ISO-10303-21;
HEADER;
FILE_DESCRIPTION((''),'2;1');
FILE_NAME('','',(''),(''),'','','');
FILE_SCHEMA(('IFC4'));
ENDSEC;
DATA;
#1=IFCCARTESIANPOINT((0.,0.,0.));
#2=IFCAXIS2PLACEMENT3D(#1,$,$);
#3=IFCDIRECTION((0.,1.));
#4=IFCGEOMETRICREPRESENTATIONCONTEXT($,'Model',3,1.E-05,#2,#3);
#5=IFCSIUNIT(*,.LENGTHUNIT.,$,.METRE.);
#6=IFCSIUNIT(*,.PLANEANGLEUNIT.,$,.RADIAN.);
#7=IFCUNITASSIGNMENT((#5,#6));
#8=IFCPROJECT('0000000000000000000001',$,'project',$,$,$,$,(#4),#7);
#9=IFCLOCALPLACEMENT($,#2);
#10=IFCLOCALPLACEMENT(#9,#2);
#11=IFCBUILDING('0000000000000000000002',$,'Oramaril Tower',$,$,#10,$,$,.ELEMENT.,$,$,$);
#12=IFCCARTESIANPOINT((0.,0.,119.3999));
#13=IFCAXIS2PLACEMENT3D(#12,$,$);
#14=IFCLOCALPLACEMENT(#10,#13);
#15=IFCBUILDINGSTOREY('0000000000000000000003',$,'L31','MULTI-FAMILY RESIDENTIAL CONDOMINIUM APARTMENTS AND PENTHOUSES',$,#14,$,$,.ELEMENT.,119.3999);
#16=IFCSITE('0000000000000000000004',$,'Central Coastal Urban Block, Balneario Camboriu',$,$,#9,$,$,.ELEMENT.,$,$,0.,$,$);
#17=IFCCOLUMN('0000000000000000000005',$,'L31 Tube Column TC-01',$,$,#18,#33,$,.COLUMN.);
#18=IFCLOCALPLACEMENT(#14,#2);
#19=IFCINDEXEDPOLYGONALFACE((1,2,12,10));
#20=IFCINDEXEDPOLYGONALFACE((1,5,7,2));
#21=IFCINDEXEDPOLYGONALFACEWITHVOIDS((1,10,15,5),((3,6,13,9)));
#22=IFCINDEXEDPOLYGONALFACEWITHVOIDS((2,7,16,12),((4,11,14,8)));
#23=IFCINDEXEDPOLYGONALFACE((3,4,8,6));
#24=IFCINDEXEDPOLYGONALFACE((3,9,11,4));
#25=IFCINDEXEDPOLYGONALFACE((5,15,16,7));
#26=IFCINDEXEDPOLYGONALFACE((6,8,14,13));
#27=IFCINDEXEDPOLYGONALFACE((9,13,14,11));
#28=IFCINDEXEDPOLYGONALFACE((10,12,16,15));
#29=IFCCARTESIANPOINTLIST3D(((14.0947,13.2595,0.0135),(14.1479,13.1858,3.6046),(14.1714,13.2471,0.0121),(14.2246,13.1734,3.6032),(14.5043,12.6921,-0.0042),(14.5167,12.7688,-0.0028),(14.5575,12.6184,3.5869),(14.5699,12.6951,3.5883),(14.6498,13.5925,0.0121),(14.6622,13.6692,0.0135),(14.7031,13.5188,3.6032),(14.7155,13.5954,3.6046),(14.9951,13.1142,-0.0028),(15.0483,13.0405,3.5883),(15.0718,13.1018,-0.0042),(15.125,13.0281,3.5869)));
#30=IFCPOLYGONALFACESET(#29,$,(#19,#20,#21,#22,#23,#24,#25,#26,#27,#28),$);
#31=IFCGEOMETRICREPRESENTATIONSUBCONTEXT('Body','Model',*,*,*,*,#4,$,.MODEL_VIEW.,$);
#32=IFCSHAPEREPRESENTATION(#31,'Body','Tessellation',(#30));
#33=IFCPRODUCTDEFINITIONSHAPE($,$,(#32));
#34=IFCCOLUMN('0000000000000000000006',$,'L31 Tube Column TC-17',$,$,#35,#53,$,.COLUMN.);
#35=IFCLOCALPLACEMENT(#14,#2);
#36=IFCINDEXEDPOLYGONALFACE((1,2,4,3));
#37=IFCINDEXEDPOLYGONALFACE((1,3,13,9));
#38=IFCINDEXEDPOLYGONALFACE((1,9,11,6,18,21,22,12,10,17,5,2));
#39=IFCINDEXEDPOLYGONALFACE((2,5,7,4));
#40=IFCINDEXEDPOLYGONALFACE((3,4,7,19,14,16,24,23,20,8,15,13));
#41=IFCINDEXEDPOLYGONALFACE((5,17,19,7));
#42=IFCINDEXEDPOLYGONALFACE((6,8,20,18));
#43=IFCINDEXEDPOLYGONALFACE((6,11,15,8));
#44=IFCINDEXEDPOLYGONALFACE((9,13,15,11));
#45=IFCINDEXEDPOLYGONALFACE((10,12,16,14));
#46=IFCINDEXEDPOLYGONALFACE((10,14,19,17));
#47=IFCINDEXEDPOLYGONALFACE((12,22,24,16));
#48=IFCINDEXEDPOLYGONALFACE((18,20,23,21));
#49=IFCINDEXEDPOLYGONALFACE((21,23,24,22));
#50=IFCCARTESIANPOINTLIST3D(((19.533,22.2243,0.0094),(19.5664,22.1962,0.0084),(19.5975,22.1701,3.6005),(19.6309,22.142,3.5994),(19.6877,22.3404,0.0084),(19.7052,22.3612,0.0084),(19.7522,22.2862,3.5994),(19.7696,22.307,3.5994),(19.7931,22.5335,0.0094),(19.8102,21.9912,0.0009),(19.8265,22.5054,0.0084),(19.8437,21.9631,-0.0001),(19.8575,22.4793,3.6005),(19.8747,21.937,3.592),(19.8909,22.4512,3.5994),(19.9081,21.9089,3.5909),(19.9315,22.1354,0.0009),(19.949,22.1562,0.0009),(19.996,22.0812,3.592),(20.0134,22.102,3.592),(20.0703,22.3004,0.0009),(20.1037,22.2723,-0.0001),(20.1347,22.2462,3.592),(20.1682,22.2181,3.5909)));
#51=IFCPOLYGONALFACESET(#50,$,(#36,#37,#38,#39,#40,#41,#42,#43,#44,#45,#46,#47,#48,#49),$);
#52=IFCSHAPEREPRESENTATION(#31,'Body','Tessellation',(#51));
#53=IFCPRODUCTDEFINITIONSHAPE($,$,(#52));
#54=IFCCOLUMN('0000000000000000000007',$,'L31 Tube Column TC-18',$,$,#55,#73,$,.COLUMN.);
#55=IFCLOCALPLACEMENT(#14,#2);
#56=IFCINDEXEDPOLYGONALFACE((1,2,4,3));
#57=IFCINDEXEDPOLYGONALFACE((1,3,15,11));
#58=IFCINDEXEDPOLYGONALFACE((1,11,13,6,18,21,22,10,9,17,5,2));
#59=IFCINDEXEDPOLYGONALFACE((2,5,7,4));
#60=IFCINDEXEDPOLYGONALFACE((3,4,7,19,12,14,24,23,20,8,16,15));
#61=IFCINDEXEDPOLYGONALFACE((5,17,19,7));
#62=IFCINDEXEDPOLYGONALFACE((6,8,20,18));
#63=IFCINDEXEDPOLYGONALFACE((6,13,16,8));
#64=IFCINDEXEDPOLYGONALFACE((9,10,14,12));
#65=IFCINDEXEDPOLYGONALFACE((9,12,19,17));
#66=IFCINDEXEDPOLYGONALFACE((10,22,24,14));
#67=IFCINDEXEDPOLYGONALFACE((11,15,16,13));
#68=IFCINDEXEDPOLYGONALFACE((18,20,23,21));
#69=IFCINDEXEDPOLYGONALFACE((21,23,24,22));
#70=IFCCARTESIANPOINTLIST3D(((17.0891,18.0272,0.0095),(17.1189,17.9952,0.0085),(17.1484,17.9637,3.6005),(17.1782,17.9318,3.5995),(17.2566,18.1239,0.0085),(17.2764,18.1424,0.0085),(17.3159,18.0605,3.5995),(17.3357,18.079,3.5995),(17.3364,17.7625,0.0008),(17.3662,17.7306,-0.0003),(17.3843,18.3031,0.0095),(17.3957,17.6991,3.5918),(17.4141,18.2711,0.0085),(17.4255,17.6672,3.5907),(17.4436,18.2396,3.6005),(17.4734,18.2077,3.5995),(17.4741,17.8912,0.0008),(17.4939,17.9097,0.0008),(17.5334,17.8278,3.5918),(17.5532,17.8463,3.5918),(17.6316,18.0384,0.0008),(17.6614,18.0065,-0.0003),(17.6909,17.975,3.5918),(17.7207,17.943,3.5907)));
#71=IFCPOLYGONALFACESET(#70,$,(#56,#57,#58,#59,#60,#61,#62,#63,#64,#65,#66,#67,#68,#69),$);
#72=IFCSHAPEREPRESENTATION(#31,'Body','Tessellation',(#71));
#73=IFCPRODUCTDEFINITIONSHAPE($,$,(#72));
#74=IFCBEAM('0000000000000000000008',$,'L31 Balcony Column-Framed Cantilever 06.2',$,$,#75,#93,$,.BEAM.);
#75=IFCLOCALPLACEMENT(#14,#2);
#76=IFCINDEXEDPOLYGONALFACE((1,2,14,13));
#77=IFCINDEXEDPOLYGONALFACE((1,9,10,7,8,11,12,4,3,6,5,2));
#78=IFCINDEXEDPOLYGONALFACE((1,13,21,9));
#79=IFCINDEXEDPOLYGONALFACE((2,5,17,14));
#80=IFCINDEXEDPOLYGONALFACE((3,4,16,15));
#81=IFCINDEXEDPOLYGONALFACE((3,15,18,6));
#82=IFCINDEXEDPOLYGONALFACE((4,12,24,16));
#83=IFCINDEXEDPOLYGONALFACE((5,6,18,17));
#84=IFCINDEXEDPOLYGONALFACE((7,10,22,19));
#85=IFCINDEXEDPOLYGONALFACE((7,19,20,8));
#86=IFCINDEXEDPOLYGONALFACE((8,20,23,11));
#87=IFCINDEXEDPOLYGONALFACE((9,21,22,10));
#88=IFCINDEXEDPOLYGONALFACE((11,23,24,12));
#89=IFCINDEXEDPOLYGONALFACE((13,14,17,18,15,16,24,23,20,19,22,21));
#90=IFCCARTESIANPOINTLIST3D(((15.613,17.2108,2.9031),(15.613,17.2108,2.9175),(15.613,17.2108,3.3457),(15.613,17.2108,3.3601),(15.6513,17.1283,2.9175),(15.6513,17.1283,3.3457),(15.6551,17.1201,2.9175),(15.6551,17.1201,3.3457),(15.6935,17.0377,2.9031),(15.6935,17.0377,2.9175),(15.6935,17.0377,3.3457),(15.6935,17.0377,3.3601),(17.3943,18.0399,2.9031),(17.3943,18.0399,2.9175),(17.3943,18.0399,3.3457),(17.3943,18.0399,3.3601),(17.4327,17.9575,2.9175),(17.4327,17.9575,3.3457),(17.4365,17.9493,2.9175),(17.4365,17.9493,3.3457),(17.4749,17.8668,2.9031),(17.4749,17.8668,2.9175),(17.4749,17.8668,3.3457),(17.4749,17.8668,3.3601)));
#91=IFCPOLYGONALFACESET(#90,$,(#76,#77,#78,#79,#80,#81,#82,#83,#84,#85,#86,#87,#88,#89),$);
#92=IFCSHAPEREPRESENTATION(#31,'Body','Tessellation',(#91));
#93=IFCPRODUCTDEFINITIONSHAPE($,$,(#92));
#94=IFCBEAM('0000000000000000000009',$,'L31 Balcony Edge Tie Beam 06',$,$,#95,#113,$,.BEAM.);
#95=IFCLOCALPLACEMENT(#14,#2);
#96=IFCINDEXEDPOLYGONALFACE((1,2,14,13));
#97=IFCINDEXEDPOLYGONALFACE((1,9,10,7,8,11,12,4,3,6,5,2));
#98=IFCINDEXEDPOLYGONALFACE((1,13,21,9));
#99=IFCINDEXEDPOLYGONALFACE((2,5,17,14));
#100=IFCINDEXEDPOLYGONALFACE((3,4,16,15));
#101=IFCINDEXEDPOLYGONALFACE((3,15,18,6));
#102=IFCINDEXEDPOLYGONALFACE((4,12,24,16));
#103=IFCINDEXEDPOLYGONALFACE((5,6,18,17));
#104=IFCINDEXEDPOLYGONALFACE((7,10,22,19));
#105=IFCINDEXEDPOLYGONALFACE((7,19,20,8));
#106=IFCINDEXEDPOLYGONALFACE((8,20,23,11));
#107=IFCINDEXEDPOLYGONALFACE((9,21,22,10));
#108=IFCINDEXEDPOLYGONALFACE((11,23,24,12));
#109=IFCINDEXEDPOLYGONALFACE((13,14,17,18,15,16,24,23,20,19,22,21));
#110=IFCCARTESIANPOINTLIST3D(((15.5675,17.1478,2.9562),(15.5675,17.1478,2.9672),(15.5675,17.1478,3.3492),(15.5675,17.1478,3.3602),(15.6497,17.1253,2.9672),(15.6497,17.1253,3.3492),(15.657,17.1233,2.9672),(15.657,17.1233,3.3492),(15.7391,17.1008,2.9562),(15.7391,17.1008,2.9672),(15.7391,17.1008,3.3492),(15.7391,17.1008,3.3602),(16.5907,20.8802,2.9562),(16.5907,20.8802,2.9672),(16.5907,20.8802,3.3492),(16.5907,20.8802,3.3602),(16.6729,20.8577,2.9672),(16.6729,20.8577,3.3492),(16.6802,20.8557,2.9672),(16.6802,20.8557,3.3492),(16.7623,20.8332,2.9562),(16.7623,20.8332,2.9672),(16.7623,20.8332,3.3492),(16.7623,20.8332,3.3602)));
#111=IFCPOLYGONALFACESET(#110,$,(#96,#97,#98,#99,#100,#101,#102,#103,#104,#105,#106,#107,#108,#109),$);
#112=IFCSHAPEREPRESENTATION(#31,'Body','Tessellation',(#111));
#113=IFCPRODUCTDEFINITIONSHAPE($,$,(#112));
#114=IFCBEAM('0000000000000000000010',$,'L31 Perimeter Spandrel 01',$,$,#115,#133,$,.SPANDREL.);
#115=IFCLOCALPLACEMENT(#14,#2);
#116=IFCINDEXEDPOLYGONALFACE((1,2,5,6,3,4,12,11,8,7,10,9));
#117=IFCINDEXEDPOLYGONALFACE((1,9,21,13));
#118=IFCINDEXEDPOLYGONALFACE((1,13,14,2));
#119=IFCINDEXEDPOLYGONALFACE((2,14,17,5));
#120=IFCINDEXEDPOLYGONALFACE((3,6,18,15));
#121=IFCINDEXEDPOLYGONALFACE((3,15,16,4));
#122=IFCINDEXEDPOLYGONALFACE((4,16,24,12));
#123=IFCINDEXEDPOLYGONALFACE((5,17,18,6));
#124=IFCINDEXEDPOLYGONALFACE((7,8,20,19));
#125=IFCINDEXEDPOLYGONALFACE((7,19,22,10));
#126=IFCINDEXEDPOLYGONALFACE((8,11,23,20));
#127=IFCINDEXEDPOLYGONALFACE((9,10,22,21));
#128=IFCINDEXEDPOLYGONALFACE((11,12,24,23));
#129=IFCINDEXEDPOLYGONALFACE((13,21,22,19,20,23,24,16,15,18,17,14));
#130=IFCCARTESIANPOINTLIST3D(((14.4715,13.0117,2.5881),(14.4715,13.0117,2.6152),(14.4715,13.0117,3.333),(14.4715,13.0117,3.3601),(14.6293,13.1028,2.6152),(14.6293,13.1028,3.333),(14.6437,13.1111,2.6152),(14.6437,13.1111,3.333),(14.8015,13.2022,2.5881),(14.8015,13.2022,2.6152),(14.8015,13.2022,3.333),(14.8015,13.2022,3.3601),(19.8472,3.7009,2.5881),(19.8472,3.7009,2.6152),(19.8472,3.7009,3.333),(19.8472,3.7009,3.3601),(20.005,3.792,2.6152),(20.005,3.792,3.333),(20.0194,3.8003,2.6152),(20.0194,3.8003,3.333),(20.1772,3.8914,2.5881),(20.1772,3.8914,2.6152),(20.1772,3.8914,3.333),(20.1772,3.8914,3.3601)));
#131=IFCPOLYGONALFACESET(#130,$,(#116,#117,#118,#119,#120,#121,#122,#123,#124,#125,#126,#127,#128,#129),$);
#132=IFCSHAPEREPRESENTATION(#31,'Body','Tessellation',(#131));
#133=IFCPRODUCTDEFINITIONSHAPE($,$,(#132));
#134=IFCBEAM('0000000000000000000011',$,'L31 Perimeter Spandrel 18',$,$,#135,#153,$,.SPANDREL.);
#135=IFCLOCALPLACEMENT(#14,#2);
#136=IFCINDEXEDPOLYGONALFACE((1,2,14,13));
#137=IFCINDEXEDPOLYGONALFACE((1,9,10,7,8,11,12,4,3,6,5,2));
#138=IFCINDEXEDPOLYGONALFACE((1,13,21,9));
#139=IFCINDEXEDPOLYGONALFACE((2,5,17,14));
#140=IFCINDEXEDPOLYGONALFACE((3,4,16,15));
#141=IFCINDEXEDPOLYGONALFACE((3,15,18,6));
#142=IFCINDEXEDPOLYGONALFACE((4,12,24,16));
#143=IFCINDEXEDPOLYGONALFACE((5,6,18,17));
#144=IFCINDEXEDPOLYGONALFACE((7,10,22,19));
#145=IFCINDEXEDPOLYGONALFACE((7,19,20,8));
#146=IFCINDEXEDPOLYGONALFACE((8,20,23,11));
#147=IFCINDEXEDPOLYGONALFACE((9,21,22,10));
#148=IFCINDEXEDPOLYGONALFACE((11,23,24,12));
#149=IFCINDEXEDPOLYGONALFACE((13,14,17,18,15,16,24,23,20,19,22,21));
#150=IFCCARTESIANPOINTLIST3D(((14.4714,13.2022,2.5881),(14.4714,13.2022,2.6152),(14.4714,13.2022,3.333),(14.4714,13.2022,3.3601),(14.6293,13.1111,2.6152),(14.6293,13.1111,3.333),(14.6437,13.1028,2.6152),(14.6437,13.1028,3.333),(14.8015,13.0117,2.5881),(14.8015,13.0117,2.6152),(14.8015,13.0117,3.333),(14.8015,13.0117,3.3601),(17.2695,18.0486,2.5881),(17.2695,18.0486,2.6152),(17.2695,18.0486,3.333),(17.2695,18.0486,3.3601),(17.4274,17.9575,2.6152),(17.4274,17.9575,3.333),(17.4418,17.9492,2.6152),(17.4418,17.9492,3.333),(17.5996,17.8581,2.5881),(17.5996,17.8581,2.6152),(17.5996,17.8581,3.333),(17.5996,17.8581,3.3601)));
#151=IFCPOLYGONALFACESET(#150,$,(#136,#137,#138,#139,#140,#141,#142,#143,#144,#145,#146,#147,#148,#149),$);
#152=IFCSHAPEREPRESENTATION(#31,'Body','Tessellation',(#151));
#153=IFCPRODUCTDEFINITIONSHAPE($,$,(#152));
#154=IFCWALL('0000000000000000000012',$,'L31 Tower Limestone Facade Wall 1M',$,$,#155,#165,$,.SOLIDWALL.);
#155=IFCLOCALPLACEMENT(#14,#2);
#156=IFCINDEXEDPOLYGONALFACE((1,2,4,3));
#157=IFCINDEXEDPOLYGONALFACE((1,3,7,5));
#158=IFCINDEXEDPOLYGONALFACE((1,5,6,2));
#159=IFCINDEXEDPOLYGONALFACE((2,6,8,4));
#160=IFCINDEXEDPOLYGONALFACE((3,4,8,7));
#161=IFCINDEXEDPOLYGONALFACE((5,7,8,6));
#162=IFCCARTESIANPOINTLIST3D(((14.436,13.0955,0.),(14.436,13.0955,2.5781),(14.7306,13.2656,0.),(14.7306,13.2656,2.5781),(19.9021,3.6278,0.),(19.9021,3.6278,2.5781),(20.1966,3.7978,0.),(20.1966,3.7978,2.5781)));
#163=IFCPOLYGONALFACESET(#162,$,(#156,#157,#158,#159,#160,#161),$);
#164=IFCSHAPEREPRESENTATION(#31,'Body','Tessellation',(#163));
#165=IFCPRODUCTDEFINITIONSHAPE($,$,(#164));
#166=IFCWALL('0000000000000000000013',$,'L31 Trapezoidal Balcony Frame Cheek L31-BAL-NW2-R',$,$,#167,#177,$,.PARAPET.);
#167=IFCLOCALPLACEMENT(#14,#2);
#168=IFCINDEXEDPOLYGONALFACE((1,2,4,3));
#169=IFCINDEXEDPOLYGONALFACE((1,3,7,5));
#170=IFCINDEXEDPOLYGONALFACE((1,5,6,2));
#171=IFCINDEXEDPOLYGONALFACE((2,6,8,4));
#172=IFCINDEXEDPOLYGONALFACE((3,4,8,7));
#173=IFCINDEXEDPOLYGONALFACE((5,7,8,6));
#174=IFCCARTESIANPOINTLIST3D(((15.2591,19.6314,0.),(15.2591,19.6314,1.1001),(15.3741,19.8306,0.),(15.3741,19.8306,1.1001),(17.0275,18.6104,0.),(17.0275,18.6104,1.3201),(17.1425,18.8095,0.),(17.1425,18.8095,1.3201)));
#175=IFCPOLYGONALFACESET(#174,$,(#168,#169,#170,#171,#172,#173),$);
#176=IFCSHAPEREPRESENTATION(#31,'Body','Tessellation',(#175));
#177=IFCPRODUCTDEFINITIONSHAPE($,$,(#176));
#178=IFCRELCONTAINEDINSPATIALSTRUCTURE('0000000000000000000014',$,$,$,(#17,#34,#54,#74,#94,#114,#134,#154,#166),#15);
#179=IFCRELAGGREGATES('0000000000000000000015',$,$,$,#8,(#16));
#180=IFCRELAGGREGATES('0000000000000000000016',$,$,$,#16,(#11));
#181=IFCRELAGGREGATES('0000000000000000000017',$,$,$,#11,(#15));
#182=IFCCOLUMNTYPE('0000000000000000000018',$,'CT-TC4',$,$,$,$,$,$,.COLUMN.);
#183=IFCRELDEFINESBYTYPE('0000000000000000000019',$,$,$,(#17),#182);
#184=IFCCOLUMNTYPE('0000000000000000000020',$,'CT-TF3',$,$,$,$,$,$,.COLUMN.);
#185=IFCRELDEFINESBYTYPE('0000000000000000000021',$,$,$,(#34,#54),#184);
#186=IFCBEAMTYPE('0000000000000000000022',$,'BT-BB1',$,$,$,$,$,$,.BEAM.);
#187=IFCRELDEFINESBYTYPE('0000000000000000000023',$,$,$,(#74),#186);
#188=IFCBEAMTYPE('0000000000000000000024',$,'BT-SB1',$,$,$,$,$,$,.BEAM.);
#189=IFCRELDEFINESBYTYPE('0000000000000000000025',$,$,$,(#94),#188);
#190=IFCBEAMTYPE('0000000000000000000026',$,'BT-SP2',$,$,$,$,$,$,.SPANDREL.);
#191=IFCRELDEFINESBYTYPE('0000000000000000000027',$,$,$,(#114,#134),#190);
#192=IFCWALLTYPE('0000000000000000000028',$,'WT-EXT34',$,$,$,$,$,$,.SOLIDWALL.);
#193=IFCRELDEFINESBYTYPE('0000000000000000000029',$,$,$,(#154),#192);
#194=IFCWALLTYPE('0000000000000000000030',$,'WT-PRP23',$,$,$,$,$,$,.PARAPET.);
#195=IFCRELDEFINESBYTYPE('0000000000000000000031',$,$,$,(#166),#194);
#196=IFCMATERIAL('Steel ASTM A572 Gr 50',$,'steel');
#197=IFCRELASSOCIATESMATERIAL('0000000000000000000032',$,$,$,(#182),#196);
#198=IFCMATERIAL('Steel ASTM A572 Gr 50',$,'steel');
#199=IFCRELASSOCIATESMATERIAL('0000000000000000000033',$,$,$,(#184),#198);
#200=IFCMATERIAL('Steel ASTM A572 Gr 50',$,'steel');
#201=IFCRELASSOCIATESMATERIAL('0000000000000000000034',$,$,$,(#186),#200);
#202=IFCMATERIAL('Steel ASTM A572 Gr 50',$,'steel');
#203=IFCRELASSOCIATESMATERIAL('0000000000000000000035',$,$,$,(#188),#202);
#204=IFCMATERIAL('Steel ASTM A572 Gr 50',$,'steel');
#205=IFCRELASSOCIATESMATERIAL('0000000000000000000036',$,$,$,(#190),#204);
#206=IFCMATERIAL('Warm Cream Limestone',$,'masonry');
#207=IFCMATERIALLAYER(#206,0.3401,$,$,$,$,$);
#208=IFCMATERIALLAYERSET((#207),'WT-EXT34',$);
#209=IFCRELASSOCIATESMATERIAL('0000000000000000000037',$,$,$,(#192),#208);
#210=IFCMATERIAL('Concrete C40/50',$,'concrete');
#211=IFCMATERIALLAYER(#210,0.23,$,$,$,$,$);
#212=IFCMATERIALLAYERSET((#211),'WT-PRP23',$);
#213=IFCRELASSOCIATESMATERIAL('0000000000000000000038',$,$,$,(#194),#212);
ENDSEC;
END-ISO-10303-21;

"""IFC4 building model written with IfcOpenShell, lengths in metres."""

from ifc_helpers import new_model, si_unit, direction, frame, frame_2d, origin, origin_2d, place, context, subcontext, project, spatial, polyline, rectangle, hollow_rectangle, i_section, outline, extrude, material, layer, layer_set, material_profile, profile_set, type_object, element, save


model = new_model("IFC4")

# Units and contexts
model_context = context("Model", 3, precision=1e-05, world=origin(), true_north=direction((0.0, 1.0)))
body_context = subcontext(model_context, "Body", "Model", "MODEL_VIEW")
ifc_project = project(units=[si_unit("LENGTHUNIT", "METRE"), si_unit("PLANEANGLEUNIT", "RADIAN")], contexts=[model_context])

# Site, building, storey
site_placement = place(None, origin())
site = spatial("IfcSite", under=ifc_project, at=site_placement, Name="Central Coastal Urban Block, Balneario Camboriu", CompositionType="ELEMENT", RefElevation=0.0)
building_placement = place(site_placement, origin())
building = spatial("IfcBuilding", under=site, at=building_placement, Name="Oramaril Tower", CompositionType="ELEMENT")
storey_placement = place(building_placement, frame((0.0, 0.0, 119.3999)))
storey = spatial("IfcBuildingStorey", under=building, at=storey_placement, Name="L31", Description="MULTI-FAMILY RESIDENTIAL CONDOMINIUM APARTMENTS AND PENTHOUSES", CompositionType="ELEMENT", Elevation=119.3999)

# Columns
ifc_material_1 = material(Name="Steel ASTM A572 Gr 50", Category="steel")
ifc_material_profile_1 = material_profile(ifc_material_1, hollow_rectangle(XDim=0.7, YDim=0.7, WallThickness=0.0549, at=origin_2d()), Name="BOX700X700X55")
ifc_profile_set_1 = profile_set([ifc_material_profile_1], Name="Steel ASTM A572 Gr 50")
column_type_1 = type_object("IfcColumnType", Name="CT-TC4", PredefinedType="COLUMN", material=ifc_profile_set_1)
column_placement = place(storey_placement, frame((14.5833, 13.1807, 0.0046), z_axis=(0.014816, -0.020525, 0.99968), x_axis=(0.810821, 0.585294, 0.0)))
element("IfcColumn", 1, at=column_placement, inside=storey, type_object=column_type_1, Name="L31 Tube Column TC-01", PredefinedType="COLUMN", context=body_context, shape_type="SweptSolid", body=[
    extrude(hollow_rectangle(XDim=0.7, YDim=0.7, WallThickness=0.0549, at=origin_2d()), origin(), (0.0, 0.0, 1.0), 3.5923),
])
ifc_material_2 = material(Name="Steel ASTM A572 Gr 50", Category="steel")
ifc_material_profile_2 = material_profile(ifc_material_2, i_section(OverallWidth=0.4041, OverallDepth=0.406, WebThickness=0.0271, FlangeThickness=0.0437, at=origin_2d()), Name="W14X233")
ifc_profile_set_2 = profile_set([ifc_material_profile_2], Name="Steel ASTM A572 Gr 50")
column_type_2 = type_object("IfcColumnType", Name="CT-TF3", PredefinedType="COLUMN", material=ifc_profile_set_2)
for number, where, z_axis, x_axis, name in (
    (2, (19.8184, 22.2483, 0.0046), (0.017943, -0.015089, 0.999725), (0.6436, 0.765362, 0.0), "L31 Tube Column TC-17"),
    (3, (17.3752, 18.0168, 0.0046), (0.016516, -0.017671, 0.999707), (0.730588, 0.682819, 0.0), "L31 Tube Column TC-18"),
):
    element("IfcColumn", number, at=place(storey_placement, frame(where, z_axis=z_axis, x_axis=x_axis)), inside=storey, type_object=column_type_2, Name=name, PredefinedType="COLUMN", context=body_context, shape_type="SweptSolid", body=[
        extrude(i_section(OverallWidth=0.4041, OverallDepth=0.406, WebThickness=0.0271, FlangeThickness=0.0437, at=origin_2d()), origin(), (0.0, 0.0, 1.0), 3.592),
    ])

# Beams
ifc_material_3 = material(Name="Steel ASTM A572 Gr 50", Category="steel")
ifc_material_profile_3 = material_profile(ifc_material_3, i_section(OverallWidth=0.1909, OverallDepth=0.457, WebThickness=0.009, FlangeThickness=0.0144, at=origin_2d()), Name="W18X50")
ifc_profile_set_3 = profile_set([ifc_material_profile_3], Name="Steel ASTM A572 Gr 50")
beam_type_1 = type_object("IfcBeamType", Name="BT-BB1", PredefinedType="BEAM", material=ifc_profile_set_3)
beam_1_placement = place(storey_placement, frame((17.4346, 17.9534, 3.1316), z_axis=(-0.906602, -0.421987, 0.0), x_axis=(0.421987, -0.906602, 0.0)))
element("IfcBeam", 4, at=beam_1_placement, inside=storey, type_object=beam_type_1, Name="L31 Balcony Column-Framed Cantilever 06.2", PredefinedType="BEAM", context=body_context, shape_type="SweptSolid", body=[
    extrude(i_section(OverallWidth=0.1909, OverallDepth=0.457, WebThickness=0.009, FlangeThickness=0.0144, at=origin_2d()), origin(), (0.0, 0.0, 1.0), 1.9648),
])
ifc_material_4 = material(Name="Steel ASTM A572 Gr 50", Category="steel")
ifc_material_profile_4 = material_profile(ifc_material_4, i_section(OverallWidth=0.178, OverallDepth=0.4041, WebThickness=0.0076, FlangeThickness=0.011, at=origin_2d()), Name="W16X36")
ifc_profile_set_4 = profile_set([ifc_material_profile_4], Name="Steel ASTM A572 Gr 50")
beam_type_2 = type_object("IfcBeamType", Name="BT-SB1", PredefinedType="BEAM", material=ifc_profile_set_4)
beam_2_placement = place(storey_placement, frame((16.6765, 20.8567, 3.1582), z_axis=(-0.264382, -0.964418, 0.0), x_axis=(0.964418, -0.264382, 0.0)))
element("IfcBeam", 5, at=beam_2_placement, inside=storey, type_object=beam_type_2, Name="L31 Balcony Edge Tie Beam 06", PredefinedType="BEAM", context=body_context, shape_type="SweptSolid", body=[
    extrude(i_section(OverallWidth=0.178, OverallDepth=0.4041, WebThickness=0.0076, FlangeThickness=0.011, at=origin_2d()), origin(), (0.0, 0.0, 1.0), 3.8701),
])
ifc_material_5 = material(Name="Steel ASTM A572 Gr 50", Category="steel")
ifc_material_profile_5 = material_profile(ifc_material_5, i_section(OverallWidth=0.3811, OverallDepth=0.772, WebThickness=0.0166, FlangeThickness=0.0271, at=origin_2d()), Name="W30X173")
ifc_profile_set_5 = profile_set([ifc_material_profile_5], Name="Steel ASTM A572 Gr 50")
beam_type_3 = type_object("IfcBeamType", Name="BT-SP2", PredefinedType="SPANDREL", material=ifc_profile_set_5)
beam_3_placement = place(storey_placement, frame((14.6365, 13.1069, 2.9741), z_axis=(0.50001, -0.86602, 0.0), x_axis=(0.86602, 0.50001, 0.0)))
element("IfcBeam", 6, at=beam_3_placement, inside=storey, type_object=beam_type_3, Name="L31 Perimeter Spandrel 01", PredefinedType="SPANDREL", context=body_context, shape_type="SweptSolid", body=[
    extrude(i_section(OverallWidth=0.3811, OverallDepth=0.772, WebThickness=0.0166, FlangeThickness=0.0271, at=origin_2d()), origin(), (0.0, 0.0, 1.0), 10.7512),
])
beam_4_placement = place(storey_placement, frame((17.4346, 17.9534, 2.9741), z_axis=(-0.500001, -0.866025, 0.0), x_axis=(0.866025, -0.500001, 0.0)))
element("IfcBeam", 7, at=beam_4_placement, inside=storey, type_object=beam_type_3, Name="L31 Perimeter Spandrel 18", PredefinedType="SPANDREL", context=body_context, shape_type="SweptSolid", body=[
    extrude(i_section(OverallWidth=0.3811, OverallDepth=0.772, WebThickness=0.0166, FlangeThickness=0.0271, at=origin_2d()), origin(), (0.0, 0.0, 1.0), 5.5962),
])

# Walls
ifc_material_6 = material(Name="Warm Cream Limestone", Category="masonry")
ifc_layer_1 = layer(ifc_material_6, 0.3401)
ifc_layer_set_1 = layer_set([ifc_layer_1], Name="WT-EXT34")
wall_type_1 = type_object("IfcWallType", Name="WT-EXT34", PredefinedType="SOLIDWALL", material=ifc_layer_set_1)
wall_1_placement = place(storey_placement, frame((14.5833, 13.1807, 0.0), z_axis=(0.0, 0.0, 1.0), x_axis=(0.499989, -0.866032, 0.0)))
element("IfcWall", 8, at=wall_1_placement, inside=storey, type_object=wall_type_1, Name="L31 Tower Limestone Facade Wall 1M", PredefinedType="SOLIDWALL", context=body_context, shape_type="SweptSolid", body=[
    extrude(rectangle(XDim=10.9324, YDim=0.3401, at=frame_2d((5.4663, 0.0))), origin(), (0.0, 0.0, 1.0), 2.5781),
])
ifc_material_7 = material(Name="Concrete C40/50", Category="concrete")
ifc_layer_2 = layer(ifc_material_7, 0.23)
ifc_layer_set_2 = layer_set([ifc_layer_2], Name="WT-PRP23")
wall_type_2 = type_object("IfcWallType", Name="WT-PRP23", PredefinedType="PARAPET", material=ifc_layer_set_2)
wall_2_placement = place(storey_placement, frame((17.085, 18.71, 0.0), z_axis=(0.0, 0.0, 1.0), x_axis=(-0.866012, 0.500023, 0.0)))
element("IfcWall", 9, at=wall_2_placement, inside=storey, type_object=wall_type_2, Name="L31 Trapezoidal Balcony Frame Cheek L31-BAL-NW2-R", PredefinedType="PARAPET", context=body_context, shape_type="SweptSolid", body=[
    extrude(outline(polyline([(0.0, 0.0), (2.042, 0.0), (2.042, 1.1001), (0.0, 1.3201), (0.0, 0.0)])), frame((0.0, 0.115, 0.0), z_axis=(0.0, -1.0, 0.0), x_axis=(1.0, 0.0, 0.0)), (0.0, 0.0, 1.0), 0.23),
])

save(model, "model.ifc")
